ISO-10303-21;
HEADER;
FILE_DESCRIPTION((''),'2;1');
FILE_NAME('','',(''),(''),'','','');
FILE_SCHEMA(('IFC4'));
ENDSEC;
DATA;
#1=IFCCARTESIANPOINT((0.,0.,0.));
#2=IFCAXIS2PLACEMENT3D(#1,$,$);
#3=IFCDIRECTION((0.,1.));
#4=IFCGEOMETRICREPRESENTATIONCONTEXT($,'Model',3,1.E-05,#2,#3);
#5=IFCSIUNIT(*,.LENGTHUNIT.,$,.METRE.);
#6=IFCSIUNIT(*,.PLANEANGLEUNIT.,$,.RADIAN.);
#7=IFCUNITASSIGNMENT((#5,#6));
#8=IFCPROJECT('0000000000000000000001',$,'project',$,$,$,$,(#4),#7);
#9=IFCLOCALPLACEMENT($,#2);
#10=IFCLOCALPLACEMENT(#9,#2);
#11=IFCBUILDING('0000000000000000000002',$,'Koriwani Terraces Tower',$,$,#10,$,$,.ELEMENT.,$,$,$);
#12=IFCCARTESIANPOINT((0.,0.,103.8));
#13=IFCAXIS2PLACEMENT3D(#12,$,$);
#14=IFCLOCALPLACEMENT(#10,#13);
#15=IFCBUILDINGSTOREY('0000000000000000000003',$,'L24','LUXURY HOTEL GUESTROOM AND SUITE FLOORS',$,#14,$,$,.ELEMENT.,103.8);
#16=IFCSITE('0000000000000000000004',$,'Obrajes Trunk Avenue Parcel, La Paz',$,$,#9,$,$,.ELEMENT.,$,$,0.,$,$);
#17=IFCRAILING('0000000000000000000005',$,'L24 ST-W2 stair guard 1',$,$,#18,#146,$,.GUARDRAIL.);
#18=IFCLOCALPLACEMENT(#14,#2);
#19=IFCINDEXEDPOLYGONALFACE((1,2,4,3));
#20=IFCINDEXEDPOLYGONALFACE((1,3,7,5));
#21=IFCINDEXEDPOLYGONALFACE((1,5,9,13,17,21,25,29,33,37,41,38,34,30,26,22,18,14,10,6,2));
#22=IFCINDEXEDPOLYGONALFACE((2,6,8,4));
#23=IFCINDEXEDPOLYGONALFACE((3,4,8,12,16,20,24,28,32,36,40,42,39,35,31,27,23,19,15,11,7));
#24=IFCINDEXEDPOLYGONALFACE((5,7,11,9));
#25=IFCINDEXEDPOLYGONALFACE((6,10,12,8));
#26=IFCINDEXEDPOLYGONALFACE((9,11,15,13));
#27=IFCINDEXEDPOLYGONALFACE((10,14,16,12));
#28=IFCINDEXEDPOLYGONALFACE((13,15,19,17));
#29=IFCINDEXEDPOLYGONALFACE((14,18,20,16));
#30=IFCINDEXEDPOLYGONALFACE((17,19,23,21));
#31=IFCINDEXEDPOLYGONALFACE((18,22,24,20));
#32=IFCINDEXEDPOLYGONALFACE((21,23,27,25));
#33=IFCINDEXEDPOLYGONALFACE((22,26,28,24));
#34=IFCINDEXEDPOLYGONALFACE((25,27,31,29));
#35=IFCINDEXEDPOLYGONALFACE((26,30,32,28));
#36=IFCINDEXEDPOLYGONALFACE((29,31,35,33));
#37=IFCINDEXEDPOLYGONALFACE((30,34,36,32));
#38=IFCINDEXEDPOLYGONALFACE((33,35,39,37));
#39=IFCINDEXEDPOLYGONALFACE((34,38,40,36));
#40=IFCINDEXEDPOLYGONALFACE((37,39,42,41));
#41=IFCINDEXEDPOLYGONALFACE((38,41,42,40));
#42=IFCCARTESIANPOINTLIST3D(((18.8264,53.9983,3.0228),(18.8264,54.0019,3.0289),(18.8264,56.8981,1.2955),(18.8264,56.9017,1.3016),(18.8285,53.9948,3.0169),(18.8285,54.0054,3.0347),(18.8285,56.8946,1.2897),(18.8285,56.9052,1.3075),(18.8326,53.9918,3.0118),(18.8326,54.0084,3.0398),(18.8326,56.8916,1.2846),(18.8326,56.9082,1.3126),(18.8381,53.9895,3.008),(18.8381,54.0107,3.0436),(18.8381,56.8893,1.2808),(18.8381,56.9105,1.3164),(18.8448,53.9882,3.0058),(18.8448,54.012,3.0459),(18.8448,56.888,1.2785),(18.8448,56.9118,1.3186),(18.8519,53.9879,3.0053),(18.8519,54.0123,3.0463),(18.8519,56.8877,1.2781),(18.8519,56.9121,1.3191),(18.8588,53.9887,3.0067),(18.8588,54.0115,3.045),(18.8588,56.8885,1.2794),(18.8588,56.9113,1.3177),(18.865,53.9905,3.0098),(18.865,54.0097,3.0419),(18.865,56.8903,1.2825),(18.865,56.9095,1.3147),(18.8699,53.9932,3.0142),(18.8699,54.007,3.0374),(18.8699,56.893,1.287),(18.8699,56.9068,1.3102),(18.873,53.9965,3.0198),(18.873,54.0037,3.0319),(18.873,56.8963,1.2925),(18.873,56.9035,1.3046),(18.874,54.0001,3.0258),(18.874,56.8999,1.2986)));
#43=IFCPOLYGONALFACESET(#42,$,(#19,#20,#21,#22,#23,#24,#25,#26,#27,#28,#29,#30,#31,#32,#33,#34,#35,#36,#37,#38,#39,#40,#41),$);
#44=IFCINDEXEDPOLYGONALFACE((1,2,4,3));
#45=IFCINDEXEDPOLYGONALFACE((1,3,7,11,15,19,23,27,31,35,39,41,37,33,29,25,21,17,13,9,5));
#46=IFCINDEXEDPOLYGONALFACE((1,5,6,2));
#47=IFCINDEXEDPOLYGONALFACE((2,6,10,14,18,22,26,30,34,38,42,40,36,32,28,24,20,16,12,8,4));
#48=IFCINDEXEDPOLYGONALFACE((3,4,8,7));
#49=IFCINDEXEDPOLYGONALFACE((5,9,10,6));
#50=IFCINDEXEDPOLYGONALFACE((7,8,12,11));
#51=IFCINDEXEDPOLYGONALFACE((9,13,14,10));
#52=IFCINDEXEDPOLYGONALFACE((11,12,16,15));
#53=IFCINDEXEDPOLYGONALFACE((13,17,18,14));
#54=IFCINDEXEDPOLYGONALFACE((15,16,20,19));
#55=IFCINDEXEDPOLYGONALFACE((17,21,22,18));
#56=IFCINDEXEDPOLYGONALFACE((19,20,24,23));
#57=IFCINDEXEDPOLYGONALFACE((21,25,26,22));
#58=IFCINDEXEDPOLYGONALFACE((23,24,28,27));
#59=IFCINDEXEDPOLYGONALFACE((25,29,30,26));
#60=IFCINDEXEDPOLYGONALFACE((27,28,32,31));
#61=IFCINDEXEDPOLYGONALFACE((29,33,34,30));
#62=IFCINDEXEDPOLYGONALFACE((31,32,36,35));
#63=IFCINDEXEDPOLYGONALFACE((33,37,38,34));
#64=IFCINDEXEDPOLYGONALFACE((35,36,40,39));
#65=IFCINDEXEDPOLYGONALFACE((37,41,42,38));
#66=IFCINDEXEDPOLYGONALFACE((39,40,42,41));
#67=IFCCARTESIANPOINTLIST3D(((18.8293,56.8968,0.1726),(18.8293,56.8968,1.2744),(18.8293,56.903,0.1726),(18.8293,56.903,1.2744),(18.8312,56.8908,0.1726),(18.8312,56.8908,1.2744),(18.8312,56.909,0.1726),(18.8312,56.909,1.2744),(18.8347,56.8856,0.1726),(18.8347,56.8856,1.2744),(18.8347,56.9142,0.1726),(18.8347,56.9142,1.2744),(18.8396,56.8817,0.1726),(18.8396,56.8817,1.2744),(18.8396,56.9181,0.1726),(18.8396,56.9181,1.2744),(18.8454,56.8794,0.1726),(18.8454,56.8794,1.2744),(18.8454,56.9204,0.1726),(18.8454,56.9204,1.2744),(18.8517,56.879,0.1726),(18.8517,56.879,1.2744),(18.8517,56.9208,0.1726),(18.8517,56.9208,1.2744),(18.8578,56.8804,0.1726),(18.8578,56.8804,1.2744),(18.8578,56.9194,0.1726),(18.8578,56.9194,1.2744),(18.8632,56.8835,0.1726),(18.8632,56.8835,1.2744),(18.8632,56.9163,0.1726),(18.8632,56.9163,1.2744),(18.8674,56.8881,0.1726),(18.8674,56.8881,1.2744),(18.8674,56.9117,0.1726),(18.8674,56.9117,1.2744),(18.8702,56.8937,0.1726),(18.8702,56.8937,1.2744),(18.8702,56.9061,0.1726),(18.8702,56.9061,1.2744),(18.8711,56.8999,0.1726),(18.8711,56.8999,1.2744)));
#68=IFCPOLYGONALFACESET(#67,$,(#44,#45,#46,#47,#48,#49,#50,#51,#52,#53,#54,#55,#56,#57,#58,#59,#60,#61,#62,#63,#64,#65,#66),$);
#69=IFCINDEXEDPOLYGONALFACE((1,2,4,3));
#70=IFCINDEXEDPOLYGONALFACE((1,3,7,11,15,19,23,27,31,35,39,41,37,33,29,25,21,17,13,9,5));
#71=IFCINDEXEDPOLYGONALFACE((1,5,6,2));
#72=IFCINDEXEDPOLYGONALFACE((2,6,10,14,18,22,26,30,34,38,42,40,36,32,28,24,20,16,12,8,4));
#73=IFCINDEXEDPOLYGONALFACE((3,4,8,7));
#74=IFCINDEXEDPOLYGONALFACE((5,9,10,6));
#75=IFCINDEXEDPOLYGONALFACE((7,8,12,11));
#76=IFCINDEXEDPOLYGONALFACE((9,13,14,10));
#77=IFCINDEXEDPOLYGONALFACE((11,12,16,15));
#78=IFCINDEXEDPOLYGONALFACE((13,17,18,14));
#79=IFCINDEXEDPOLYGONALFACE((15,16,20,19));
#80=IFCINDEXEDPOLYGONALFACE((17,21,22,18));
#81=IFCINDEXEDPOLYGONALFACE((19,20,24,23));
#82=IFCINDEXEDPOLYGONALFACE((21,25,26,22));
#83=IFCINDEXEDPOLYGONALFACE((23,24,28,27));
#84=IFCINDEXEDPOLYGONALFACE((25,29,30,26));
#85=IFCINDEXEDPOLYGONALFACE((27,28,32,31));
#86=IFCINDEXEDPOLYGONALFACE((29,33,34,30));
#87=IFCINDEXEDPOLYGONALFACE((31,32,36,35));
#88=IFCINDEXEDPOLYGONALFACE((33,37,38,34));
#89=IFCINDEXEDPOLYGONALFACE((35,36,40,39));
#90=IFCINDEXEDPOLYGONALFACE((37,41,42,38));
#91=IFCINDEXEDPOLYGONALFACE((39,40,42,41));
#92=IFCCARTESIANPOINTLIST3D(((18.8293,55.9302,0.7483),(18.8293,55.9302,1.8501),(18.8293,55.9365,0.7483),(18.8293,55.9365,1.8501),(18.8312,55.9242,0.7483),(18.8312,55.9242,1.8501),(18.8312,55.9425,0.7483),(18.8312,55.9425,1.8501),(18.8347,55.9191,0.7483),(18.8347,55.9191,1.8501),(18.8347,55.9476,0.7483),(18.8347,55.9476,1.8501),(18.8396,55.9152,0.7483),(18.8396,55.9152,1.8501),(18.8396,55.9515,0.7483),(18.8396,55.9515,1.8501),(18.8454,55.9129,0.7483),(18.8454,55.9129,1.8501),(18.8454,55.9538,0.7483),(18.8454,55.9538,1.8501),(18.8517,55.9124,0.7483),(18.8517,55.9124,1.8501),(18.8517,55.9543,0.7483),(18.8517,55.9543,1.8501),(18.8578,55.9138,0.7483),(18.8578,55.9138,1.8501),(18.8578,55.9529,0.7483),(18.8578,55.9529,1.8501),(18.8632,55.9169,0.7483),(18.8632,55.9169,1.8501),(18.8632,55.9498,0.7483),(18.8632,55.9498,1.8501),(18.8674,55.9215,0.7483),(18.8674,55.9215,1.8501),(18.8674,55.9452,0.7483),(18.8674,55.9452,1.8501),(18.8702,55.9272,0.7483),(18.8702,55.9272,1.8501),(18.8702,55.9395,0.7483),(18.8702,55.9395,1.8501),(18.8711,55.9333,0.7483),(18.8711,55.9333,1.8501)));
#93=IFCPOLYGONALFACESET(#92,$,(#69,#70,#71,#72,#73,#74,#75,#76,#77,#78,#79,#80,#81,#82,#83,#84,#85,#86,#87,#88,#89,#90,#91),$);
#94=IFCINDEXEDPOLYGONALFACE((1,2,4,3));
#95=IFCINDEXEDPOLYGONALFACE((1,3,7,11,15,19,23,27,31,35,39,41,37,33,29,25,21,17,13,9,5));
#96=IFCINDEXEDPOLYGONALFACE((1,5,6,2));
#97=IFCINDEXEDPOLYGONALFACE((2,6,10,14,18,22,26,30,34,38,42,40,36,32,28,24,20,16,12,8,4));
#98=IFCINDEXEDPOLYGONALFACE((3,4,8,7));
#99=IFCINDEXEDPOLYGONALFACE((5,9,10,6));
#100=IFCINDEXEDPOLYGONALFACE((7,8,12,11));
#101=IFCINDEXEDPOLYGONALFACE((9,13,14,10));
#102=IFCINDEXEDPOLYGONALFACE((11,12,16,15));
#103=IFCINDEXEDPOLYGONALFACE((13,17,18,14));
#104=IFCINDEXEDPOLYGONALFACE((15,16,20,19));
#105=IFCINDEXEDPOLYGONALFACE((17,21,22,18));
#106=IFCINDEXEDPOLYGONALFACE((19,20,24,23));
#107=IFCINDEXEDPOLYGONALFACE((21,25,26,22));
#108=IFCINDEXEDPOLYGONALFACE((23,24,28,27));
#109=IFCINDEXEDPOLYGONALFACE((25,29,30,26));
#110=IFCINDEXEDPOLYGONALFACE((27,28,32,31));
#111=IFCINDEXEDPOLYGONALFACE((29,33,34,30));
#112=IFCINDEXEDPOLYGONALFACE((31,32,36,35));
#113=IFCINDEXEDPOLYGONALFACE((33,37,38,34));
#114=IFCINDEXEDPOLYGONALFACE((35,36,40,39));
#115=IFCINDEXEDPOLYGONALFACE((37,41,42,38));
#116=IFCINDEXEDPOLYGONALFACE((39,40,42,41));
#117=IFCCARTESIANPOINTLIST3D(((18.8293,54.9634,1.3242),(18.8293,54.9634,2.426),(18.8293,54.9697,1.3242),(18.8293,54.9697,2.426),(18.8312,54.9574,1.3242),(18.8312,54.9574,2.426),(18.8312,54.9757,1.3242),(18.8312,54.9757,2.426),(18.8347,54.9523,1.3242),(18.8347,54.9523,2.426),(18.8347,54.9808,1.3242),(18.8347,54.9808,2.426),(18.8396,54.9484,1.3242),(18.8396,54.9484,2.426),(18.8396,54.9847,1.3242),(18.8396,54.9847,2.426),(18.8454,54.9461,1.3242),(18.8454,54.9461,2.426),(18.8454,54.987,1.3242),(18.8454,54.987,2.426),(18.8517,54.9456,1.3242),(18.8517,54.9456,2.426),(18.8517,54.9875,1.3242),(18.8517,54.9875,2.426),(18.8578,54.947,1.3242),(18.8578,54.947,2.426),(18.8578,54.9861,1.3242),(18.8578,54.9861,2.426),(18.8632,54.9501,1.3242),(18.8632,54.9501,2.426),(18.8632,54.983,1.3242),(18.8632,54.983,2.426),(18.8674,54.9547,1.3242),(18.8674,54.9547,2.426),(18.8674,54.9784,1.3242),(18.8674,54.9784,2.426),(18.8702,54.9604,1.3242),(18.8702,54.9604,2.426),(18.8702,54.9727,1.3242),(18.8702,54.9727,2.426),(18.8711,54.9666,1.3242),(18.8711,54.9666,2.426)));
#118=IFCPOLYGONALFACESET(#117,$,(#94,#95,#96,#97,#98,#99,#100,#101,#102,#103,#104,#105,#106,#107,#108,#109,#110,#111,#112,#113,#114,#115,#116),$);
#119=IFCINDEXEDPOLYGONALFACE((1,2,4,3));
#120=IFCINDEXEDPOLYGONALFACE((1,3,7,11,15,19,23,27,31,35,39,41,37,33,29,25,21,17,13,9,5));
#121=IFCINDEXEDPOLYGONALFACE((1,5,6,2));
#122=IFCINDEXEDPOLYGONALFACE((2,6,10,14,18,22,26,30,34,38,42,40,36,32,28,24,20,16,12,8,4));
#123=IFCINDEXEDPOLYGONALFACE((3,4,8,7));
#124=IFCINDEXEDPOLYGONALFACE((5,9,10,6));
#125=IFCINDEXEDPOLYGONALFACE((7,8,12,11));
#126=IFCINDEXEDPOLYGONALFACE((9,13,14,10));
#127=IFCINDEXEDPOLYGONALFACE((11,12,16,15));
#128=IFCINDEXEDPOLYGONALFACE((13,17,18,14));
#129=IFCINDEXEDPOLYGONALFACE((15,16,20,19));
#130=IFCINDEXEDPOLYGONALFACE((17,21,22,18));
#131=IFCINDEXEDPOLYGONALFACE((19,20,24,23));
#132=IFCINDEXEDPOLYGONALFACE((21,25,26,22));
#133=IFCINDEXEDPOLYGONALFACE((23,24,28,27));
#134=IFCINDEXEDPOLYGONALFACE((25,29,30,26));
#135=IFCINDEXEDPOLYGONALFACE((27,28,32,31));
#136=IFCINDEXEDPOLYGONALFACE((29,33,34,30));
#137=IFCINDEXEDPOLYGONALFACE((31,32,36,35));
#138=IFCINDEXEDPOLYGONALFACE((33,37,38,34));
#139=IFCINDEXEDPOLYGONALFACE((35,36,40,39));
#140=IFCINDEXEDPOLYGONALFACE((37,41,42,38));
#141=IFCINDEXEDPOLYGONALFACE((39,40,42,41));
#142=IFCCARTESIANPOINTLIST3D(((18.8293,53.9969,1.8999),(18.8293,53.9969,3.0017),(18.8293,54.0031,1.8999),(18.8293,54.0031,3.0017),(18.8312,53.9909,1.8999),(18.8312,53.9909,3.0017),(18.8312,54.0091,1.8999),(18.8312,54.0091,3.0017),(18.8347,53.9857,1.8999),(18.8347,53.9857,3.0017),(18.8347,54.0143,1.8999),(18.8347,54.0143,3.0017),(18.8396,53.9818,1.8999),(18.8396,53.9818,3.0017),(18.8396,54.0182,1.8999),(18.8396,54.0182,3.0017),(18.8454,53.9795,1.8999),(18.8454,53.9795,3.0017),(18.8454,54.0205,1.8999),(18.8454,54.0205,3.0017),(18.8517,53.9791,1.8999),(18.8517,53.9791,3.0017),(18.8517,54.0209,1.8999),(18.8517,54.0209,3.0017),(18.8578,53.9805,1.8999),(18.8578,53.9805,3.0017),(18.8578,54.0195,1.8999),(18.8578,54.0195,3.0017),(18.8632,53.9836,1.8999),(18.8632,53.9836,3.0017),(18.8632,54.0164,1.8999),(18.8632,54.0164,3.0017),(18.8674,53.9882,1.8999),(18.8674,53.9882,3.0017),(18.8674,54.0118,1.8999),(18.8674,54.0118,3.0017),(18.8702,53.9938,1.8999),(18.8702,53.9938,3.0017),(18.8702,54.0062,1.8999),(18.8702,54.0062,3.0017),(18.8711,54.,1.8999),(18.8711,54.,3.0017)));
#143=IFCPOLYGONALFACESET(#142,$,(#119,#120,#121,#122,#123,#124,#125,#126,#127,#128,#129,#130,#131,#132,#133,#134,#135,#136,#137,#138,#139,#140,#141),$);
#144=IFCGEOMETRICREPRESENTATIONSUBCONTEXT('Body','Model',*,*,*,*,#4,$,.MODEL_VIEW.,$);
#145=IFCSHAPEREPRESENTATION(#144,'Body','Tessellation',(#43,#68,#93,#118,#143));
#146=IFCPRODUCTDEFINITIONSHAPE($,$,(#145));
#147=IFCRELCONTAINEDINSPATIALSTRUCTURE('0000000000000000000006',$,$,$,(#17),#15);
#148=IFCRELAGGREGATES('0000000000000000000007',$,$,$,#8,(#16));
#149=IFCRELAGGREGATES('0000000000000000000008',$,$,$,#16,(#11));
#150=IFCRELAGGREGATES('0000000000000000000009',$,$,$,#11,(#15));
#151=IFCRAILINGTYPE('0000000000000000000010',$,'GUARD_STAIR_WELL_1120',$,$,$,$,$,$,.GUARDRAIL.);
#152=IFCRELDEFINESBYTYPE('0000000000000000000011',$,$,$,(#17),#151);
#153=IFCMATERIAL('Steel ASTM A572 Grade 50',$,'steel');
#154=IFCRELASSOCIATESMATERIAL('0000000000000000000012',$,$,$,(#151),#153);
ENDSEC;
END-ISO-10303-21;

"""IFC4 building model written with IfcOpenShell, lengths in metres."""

from ifc_helpers import new_model, si_unit, direction, frame, origin, origin_2d, place, context, subcontext, project, spatial, circle, extrude, material, type_object, element, save


model = new_model("IFC4")

# Units and contexts
model_context = context("Model", 3, precision=1e-05, world=origin(), true_north=direction((0.0, 1.0)))
body_context = subcontext(model_context, "Body", "Model", "MODEL_VIEW")
ifc_project = project(units=[si_unit("LENGTHUNIT", "METRE"), si_unit("PLANEANGLEUNIT", "RADIAN")], contexts=[model_context])

# Site, building, storey
site_placement = place(None, origin())
site = spatial("IfcSite", under=ifc_project, at=site_placement, Name="Obrajes Trunk Avenue Parcel, La Paz", CompositionType="ELEMENT", RefElevation=0.0)
building_placement = place(site_placement, origin())
building = spatial("IfcBuilding", under=site, at=building_placement, Name="Koriwani Terraces Tower", CompositionType="ELEMENT")
storey_placement = place(building_placement, frame((0.0, 0.0, 103.8)))
storey = spatial("IfcBuildingStorey", under=building, at=storey_placement, Name="L24", Description="LUXURY HOTEL GUESTROOM AND SUITE FLOORS", CompositionType="ELEMENT", Elevation=103.8)

# Shared definitions
ifc_material_1 = material(Name="Steel ASTM A572 Grade 50", Category="steel")

# Railing
railing_type = type_object("IfcRailingType", Name="GUARD_STAIR_WELL_1120", PredefinedType="GUARDRAIL", material=ifc_material_1)
railing_1_placement = place(storey_placement, frame((18.8501, 56.8999, 0.1726)))
element("IfcRailing", 1, at=railing_1_placement, inside=storey, type_object=railing_type, Name="L24 ST-W2 stair guard 1", PredefinedType="GUARDRAIL", context=body_context, shape_type="SweptSolid", body=[
    extrude(circle(Radius=0.0239, at=origin_2d()), frame((0.0, 0.0, 1.126), z_axis=(0.0, -0.859141, 0.511738), x_axis=(1.0, 0.0, 0.0)), (0.0, 0.0, 1.0), 3.3752),
    extrude(circle(Radius=0.021, at=origin_2d()), origin(), (0.0, 0.0, 1.0), 1.1018),
    extrude(circle(Radius=0.021, at=origin_2d()), frame((0.0, -0.9666, 0.5757)), (0.0, 0.0, 1.0), 1.1018),
    extrude(circle(Radius=0.021, at=origin_2d()), frame((0.0, -1.9333, 1.1516)), (0.0, 0.0, 1.0), 1.1018),
    extrude(circle(Radius=0.021, at=origin_2d()), frame((0.0, -2.8999, 1.7273)), (0.0, 0.0, 1.0), 1.1018),
])

save(model, "model.ifc")
